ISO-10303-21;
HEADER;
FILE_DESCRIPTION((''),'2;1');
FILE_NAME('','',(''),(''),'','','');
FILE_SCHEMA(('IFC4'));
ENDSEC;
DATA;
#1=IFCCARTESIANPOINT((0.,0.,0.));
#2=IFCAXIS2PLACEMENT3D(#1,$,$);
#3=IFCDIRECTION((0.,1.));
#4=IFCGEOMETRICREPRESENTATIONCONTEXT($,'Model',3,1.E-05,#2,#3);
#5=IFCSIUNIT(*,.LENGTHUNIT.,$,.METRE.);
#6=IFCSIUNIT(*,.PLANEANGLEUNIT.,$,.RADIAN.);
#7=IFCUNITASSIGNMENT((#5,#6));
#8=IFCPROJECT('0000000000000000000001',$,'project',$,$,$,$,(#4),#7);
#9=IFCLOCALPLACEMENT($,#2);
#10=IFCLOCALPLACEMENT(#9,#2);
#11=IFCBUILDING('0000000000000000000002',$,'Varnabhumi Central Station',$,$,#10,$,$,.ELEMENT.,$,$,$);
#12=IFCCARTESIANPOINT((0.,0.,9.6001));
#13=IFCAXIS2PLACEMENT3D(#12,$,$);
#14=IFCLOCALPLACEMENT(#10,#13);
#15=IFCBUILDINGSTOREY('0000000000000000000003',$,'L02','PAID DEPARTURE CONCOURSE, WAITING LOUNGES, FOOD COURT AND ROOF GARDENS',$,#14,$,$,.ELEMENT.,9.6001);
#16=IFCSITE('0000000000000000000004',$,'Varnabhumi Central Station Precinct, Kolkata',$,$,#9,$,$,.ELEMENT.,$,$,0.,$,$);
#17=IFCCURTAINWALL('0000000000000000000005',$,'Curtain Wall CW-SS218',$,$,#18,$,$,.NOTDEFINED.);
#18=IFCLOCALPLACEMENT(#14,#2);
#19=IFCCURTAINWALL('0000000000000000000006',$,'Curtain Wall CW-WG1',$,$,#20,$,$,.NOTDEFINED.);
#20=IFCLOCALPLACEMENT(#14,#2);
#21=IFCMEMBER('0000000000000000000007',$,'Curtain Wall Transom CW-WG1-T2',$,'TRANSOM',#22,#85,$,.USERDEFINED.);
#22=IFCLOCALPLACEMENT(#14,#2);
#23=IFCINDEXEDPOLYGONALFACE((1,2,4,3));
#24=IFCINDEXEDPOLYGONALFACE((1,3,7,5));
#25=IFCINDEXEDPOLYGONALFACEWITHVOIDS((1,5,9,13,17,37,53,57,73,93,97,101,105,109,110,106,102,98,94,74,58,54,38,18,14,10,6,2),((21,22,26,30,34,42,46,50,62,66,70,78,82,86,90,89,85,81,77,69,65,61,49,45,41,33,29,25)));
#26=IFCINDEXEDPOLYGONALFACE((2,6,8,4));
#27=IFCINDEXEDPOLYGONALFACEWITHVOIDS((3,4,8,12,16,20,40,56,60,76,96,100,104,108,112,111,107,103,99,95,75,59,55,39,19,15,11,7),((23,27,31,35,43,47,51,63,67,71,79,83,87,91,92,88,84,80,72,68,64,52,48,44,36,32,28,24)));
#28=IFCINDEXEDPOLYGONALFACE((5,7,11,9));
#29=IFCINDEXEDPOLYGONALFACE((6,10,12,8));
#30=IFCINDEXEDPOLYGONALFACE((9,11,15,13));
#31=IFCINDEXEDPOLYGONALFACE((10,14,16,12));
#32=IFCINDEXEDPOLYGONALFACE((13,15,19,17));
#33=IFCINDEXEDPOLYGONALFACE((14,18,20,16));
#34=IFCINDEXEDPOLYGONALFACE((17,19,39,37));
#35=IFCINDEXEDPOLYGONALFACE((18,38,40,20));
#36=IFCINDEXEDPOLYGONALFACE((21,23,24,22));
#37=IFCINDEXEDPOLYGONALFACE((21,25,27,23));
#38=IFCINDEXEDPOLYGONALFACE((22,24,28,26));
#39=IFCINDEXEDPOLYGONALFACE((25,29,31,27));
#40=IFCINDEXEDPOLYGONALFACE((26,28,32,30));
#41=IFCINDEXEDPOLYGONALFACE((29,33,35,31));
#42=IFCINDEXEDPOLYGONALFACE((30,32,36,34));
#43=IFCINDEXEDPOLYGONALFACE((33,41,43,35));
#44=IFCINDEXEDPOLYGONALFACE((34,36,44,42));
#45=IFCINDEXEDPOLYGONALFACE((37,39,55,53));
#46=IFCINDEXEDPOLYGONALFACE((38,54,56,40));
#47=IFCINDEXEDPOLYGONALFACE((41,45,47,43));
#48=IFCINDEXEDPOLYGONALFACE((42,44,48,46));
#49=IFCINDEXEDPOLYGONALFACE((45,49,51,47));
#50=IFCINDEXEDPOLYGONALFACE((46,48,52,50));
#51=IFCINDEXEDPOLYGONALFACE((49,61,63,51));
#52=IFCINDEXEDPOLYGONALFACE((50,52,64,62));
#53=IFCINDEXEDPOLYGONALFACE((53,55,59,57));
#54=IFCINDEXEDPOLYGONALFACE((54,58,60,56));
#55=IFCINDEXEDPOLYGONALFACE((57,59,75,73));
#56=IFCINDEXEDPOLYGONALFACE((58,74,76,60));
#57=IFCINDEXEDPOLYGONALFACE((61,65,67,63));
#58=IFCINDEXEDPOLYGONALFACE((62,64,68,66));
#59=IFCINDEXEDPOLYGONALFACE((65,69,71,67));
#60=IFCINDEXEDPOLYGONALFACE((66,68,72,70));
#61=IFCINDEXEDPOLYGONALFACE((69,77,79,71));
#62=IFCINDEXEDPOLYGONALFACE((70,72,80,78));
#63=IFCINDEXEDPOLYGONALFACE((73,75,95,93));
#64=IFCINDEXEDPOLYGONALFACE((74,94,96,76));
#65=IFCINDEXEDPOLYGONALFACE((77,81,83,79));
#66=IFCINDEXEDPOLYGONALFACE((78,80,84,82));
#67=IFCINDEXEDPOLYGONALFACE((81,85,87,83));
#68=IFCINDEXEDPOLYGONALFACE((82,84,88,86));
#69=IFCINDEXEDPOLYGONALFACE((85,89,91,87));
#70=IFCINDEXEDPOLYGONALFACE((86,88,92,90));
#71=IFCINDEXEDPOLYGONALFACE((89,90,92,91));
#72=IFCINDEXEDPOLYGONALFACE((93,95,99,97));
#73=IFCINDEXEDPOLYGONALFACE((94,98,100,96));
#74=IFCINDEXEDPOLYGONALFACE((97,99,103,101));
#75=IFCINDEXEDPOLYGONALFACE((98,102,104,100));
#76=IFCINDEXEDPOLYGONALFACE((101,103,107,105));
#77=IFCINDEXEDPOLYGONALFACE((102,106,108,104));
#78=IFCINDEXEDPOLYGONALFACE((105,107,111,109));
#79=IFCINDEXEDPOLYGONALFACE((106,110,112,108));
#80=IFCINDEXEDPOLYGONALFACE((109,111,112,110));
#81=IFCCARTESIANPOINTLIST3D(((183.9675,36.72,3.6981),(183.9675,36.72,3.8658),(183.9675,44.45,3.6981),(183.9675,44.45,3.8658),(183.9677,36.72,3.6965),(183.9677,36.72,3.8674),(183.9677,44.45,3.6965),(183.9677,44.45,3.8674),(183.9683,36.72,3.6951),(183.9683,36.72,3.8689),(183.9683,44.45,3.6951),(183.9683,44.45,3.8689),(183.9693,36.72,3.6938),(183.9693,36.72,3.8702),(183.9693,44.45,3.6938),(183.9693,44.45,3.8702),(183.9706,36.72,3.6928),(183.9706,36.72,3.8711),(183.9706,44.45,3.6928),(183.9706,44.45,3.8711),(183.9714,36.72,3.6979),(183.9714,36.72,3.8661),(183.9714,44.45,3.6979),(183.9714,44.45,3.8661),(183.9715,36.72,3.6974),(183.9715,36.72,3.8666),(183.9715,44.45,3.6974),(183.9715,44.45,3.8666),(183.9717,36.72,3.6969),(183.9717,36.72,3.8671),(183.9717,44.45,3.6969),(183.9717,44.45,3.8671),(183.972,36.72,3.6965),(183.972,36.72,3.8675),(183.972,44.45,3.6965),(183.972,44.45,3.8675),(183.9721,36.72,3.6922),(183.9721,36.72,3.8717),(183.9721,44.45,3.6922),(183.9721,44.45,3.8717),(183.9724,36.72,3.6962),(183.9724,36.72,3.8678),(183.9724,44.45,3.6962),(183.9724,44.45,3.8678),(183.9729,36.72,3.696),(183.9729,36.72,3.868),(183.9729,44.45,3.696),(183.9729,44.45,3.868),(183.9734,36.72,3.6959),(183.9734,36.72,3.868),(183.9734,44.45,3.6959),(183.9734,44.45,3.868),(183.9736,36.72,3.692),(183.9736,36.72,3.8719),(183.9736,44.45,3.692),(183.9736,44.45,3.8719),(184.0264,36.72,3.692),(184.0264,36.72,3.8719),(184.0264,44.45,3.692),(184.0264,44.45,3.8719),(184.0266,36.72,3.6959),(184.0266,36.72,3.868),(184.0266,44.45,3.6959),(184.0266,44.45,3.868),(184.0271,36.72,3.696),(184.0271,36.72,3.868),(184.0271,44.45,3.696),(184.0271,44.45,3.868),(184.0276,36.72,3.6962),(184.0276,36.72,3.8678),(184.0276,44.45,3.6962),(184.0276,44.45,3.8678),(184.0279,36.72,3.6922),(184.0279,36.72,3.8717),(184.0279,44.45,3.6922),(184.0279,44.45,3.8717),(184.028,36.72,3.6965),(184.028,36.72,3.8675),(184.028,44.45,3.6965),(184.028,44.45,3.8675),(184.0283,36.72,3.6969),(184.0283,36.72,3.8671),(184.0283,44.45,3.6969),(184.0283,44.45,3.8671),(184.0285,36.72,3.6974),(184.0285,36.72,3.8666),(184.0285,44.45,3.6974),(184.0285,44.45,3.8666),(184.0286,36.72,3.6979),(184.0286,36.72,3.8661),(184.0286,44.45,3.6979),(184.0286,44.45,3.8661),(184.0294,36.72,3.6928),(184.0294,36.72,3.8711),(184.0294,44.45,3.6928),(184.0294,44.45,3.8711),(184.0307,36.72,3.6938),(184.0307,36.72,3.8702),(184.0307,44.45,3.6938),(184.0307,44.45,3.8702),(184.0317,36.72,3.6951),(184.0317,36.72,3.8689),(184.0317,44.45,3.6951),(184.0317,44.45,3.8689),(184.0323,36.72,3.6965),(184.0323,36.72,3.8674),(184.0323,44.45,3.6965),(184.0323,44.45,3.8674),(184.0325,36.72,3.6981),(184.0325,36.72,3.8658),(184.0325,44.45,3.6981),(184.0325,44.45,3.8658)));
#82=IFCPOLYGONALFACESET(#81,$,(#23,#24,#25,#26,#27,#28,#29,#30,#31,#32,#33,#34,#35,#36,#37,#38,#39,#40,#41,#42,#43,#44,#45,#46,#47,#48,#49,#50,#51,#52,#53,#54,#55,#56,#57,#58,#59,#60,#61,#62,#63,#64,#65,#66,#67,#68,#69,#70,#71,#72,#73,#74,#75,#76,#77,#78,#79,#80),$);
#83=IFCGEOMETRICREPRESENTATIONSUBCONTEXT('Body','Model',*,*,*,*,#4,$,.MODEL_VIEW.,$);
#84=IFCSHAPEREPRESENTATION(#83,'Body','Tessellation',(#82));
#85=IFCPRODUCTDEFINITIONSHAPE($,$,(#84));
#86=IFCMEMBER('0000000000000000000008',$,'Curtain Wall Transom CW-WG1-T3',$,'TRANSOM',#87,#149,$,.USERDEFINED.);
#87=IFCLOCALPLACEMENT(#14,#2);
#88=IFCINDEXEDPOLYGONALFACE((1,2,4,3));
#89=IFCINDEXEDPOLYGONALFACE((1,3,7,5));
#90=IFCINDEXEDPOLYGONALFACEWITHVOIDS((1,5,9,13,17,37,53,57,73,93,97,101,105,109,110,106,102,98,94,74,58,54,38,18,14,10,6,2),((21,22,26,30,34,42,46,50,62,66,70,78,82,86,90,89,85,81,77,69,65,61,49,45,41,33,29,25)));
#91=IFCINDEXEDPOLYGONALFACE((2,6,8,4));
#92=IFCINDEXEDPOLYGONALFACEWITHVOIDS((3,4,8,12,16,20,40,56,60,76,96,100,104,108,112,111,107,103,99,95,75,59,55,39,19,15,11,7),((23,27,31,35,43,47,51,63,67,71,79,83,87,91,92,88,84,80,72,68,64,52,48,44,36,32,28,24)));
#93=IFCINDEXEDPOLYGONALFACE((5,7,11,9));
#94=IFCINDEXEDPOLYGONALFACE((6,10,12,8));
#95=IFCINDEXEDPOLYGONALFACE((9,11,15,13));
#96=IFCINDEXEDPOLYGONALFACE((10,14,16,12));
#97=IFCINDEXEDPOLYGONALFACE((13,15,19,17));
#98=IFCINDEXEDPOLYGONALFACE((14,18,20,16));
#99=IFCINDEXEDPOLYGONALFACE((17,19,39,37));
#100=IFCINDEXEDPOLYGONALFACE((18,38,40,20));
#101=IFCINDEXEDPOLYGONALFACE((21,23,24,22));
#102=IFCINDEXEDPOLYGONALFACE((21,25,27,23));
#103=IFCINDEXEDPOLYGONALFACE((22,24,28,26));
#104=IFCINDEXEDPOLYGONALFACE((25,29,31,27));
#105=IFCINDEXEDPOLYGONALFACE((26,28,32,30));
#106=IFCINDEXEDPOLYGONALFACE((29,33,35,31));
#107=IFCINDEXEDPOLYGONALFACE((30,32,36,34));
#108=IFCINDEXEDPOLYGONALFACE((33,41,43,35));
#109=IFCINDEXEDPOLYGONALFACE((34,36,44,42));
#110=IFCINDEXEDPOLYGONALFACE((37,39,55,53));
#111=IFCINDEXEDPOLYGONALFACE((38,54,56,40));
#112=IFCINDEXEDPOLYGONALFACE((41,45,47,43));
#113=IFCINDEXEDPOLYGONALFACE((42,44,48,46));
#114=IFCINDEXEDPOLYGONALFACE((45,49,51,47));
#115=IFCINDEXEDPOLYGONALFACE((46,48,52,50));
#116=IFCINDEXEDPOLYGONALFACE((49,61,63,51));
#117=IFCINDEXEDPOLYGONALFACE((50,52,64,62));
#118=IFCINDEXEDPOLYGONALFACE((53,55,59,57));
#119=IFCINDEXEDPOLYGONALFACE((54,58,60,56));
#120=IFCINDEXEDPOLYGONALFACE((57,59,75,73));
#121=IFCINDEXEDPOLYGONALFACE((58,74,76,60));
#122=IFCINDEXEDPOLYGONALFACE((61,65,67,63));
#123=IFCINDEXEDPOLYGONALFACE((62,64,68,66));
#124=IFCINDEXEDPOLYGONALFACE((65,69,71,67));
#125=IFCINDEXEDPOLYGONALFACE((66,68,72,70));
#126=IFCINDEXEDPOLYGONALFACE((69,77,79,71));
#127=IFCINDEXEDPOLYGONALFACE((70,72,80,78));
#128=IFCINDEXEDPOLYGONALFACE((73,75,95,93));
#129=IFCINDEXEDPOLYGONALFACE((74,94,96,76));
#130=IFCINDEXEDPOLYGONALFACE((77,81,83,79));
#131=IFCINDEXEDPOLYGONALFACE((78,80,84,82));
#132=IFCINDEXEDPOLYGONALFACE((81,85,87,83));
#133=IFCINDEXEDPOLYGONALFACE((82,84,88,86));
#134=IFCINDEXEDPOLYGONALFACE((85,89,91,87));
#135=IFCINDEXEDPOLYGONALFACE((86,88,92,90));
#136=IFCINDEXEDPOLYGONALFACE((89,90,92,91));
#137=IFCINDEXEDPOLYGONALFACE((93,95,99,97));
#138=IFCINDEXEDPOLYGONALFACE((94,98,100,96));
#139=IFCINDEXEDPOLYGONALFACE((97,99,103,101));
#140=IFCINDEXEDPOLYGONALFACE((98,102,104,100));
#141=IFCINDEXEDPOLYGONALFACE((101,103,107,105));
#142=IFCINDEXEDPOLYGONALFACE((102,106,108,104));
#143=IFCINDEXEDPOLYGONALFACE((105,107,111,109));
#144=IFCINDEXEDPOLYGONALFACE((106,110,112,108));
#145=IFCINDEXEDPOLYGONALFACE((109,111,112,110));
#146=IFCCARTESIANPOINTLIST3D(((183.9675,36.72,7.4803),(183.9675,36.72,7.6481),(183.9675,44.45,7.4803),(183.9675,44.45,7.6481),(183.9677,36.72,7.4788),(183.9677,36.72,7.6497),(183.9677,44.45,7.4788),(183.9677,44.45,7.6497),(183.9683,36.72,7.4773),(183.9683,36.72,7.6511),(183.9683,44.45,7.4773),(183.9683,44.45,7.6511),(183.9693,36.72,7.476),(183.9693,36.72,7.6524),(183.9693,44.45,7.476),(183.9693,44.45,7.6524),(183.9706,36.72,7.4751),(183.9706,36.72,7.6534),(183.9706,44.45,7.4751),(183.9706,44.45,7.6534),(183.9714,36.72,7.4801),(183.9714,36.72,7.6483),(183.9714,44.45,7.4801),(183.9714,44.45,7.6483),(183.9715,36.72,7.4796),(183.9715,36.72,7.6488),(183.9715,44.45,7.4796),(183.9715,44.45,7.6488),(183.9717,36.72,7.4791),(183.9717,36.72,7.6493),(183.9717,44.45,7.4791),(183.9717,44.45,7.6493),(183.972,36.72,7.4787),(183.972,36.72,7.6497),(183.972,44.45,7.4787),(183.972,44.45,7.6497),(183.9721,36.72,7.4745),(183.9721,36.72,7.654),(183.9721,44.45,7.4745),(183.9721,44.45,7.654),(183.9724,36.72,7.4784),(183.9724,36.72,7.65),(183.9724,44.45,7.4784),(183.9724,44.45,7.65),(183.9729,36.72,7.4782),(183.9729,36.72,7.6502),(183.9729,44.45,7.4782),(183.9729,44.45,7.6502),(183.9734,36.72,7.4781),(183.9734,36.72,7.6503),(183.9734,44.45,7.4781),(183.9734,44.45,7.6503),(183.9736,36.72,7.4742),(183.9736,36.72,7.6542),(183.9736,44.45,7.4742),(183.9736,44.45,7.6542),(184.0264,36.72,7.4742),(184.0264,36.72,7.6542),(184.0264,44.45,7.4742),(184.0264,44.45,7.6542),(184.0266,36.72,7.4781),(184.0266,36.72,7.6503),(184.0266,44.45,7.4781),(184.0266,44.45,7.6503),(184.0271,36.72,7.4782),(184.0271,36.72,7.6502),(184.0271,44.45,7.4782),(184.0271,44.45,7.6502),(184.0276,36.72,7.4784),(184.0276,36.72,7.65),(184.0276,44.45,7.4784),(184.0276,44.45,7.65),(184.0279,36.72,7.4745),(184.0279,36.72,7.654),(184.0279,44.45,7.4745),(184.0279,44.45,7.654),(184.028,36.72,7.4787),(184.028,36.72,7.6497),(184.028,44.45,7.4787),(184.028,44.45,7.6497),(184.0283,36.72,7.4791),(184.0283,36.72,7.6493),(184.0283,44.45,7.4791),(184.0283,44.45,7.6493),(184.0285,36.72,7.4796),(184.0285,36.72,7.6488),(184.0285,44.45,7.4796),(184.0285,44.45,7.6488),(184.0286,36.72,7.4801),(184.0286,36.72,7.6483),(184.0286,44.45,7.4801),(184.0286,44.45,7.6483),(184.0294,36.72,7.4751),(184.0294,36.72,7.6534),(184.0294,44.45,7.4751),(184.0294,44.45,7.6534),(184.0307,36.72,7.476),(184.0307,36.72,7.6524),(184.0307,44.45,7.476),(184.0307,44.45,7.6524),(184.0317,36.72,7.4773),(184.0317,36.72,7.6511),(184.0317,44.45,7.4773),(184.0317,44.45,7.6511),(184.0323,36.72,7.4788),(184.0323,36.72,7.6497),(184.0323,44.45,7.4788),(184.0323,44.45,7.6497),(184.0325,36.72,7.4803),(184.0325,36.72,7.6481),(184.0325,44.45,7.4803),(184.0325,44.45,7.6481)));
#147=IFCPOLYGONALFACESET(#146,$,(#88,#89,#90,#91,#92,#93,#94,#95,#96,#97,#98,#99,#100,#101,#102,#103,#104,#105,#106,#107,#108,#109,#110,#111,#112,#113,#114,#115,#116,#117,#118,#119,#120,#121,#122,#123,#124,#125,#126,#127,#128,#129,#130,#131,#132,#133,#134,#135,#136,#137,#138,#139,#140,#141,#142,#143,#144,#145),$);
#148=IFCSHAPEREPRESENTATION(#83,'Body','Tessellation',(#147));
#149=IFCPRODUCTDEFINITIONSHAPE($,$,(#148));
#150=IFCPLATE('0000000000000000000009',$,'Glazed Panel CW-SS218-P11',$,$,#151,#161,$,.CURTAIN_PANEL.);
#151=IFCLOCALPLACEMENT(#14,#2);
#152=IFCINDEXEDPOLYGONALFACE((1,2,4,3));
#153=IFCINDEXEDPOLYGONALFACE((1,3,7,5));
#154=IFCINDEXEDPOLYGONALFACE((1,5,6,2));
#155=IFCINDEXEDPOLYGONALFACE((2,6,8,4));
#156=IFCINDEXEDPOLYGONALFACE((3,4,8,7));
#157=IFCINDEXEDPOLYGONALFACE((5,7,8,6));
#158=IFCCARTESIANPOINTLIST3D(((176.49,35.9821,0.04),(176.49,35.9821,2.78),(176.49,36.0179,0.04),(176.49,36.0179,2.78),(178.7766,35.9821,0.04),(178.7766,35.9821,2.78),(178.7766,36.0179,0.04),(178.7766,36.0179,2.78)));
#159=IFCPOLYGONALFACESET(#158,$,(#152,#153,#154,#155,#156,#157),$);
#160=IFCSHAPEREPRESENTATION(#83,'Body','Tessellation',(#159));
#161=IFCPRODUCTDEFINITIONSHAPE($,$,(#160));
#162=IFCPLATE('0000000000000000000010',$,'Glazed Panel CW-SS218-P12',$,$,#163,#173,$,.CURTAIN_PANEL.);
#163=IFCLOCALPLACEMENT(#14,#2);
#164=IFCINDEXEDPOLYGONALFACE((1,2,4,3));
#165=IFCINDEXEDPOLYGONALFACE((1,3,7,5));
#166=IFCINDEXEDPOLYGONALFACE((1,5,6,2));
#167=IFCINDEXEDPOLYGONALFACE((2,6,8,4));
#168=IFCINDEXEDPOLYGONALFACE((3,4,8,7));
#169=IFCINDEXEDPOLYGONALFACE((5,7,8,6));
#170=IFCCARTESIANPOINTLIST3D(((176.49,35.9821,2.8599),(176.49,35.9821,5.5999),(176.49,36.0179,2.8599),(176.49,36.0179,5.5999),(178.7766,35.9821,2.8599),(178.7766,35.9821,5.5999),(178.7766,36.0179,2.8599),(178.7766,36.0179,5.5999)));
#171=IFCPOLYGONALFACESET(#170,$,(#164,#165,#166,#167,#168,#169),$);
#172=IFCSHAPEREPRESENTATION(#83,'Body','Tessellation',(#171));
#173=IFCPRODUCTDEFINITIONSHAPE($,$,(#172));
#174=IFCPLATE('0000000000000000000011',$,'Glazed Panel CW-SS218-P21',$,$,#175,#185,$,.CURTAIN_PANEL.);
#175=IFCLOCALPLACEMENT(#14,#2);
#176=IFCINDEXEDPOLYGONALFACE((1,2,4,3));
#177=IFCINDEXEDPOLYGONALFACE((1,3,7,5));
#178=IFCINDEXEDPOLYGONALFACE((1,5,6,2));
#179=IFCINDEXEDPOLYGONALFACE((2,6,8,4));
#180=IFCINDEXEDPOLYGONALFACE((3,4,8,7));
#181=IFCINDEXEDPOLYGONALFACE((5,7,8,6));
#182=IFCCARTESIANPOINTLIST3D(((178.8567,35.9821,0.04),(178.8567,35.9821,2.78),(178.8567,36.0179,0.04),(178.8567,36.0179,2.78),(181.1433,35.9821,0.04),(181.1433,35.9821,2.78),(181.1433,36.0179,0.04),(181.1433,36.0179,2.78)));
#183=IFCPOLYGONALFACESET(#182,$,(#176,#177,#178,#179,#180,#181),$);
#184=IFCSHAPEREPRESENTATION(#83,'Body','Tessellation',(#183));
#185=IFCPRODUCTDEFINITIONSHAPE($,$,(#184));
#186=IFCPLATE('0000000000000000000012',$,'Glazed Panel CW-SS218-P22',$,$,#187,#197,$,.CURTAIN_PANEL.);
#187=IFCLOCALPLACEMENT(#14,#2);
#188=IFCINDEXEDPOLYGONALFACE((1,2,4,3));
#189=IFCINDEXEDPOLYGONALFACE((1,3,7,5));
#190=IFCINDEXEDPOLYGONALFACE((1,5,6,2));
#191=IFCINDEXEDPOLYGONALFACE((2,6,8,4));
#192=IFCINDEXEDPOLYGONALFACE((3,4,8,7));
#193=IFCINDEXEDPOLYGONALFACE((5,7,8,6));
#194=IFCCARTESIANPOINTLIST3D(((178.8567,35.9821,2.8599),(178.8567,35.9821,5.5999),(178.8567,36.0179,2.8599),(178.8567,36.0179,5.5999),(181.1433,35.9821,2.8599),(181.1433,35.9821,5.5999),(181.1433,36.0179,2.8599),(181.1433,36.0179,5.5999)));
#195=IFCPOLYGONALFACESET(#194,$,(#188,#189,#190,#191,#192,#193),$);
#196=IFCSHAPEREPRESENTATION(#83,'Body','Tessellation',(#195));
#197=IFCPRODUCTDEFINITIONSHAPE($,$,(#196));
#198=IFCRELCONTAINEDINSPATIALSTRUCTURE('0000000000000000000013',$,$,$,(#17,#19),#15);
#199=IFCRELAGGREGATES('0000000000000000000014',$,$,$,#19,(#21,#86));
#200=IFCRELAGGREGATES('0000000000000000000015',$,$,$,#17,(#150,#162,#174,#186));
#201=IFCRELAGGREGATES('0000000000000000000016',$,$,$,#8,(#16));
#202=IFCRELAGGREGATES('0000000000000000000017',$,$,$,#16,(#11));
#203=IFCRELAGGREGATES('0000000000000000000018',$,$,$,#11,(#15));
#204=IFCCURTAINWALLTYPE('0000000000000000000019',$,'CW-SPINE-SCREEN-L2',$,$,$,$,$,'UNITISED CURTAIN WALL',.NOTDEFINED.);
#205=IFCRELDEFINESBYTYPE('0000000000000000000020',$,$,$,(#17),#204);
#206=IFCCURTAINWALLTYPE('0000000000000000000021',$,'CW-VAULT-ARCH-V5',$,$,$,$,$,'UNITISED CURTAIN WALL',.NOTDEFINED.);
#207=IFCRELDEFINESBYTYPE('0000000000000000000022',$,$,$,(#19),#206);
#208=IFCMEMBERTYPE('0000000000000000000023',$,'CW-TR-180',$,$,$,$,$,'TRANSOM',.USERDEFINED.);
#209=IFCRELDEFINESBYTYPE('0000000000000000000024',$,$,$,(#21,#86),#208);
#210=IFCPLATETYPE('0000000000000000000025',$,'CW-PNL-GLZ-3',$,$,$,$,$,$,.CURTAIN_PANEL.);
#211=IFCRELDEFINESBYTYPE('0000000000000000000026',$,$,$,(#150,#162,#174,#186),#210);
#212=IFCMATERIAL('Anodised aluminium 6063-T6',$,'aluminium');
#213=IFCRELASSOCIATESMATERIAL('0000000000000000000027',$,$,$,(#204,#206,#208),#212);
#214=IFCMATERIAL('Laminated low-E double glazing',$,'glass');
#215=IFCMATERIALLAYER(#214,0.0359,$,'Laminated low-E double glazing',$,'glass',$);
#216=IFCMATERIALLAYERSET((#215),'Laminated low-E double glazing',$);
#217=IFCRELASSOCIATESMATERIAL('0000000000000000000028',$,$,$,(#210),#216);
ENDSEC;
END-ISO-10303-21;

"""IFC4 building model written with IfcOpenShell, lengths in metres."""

from ifc_helpers import new_model, si_unit, direction, frame, origin, origin_2d, place, context, subcontext, project, spatial, rectangle, hollow_rectangle, extrude, material, layer, layer_set, material_profile, profile_set, type_object, element, aggregate, save


model = new_model("IFC4")

# Units and contexts
model_context = context("Model", 3, precision=1e-05, world=origin(), true_north=direction((0.0, 1.0)))
body_context = subcontext(model_context, "Body", "Model", "MODEL_VIEW")
ifc_project = project(units=[si_unit("LENGTHUNIT", "METRE"), si_unit("PLANEANGLEUNIT", "RADIAN")], contexts=[model_context])

# Site, building, storey
site_placement = place(None, origin())
site = spatial("IfcSite", under=ifc_project, at=site_placement, Name="Varnabhumi Central Station Precinct, Kolkata", CompositionType="ELEMENT", RefElevation=0.0)
building_placement = place(site_placement, origin())
building = spatial("IfcBuilding", under=site, at=building_placement, Name="Varnabhumi Central Station", CompositionType="ELEMENT")
storey_placement = place(building_placement, frame((0.0, 0.0, 9.6001)))
storey = spatial("IfcBuildingStorey", under=building, at=storey_placement, Name="L02", Description="PAID DEPARTURE CONCOURSE, WAITING LOUNGES, FOOD COURT AND ROOF GARDENS", CompositionType="ELEMENT", Elevation=9.6001)

# Curtain wall
ifc_material_1 = material(Name="Anodised aluminium 6063-T6", Category="aluminium")
curtain_wall_type_1 = type_object("IfcCurtainWallType", Name="CW-SPINE-SCREEN-L2", ElementType="UNITISED CURTAIN WALL", PredefinedType="NOTDEFINED", material=ifc_material_1)
curtain_wall_1_placement = place(storey_placement, origin())
curtain_wall_1 = element("IfcCurtainWall", 1, at=curtain_wall_1_placement, inside=storey, type_object=curtain_wall_type_1, Name="Curtain Wall CW-SS218", PredefinedType="NOTDEFINED")

# Curtain wall
curtain_wall_type_2 = type_object("IfcCurtainWallType", Name="CW-VAULT-ARCH-V5", ElementType="UNITISED CURTAIN WALL", PredefinedType="NOTDEFINED", material=ifc_material_1)
curtain_wall_2_placement = place(storey_placement, origin())
curtain_wall_2 = element("IfcCurtainWall", 2, at=curtain_wall_2_placement, inside=storey, type_object=curtain_wall_type_2, Name="Curtain Wall CW-WG1", PredefinedType="NOTDEFINED")

# Members
ifc_material_profile_1 = material_profile(ifc_material_1, hollow_rectangle(XDim=0.0649, YDim=0.1799, WallThickness=0.0039, InnerFilletRadius=0.002, OuterFilletRadius=0.0061, at=origin_2d()), Name="Anodised aluminium 6063-T6", Category="aluminium")
ifc_profile_set_1 = profile_set([ifc_material_profile_1], Name="Anodised aluminium 6063-T6")
member_type_1 = type_object("IfcMemberType", Name="CW-TR-180", ElementType="TRANSOM", PredefinedType="USERDEFINED", material=ifc_profile_set_1)
member_1_placement = place(storey_placement, frame((184.0, 36.72, 3.782), z_axis=(0.0, 1.0, 0.0), x_axis=(-1.0, 0.0, 0.0)))
member_1 = element("IfcMember", 3, at=member_1_placement, type_object=member_type_1, Name="Curtain Wall Transom CW-WG1-T2", ObjectType="TRANSOM", PredefinedType="USERDEFINED", context=body_context, shape_type="SweptSolid", body=[
    extrude(hollow_rectangle(XDim=0.0649, YDim=0.1799, WallThickness=0.0039, InnerFilletRadius=0.002, OuterFilletRadius=0.0061, at=origin_2d()), origin(), (0.0, 0.0, 1.0), 7.73),
])
member_2_placement = place(storey_placement, frame((184.0, 36.72, 7.5642), z_axis=(0.0, 1.0, 0.0), x_axis=(-1.0, 0.0, 0.0)))
member_2 = element("IfcMember", 4, at=member_2_placement, type_object=member_type_1, Name="Curtain Wall Transom CW-WG1-T3", ObjectType="TRANSOM", PredefinedType="USERDEFINED", context=body_context, shape_type="SweptSolid", body=[
    extrude(hollow_rectangle(XDim=0.0649, YDim=0.1799, WallThickness=0.0039, InnerFilletRadius=0.002, OuterFilletRadius=0.0061, at=origin_2d()), origin(), (0.0, 0.0, 1.0), 7.73),
])
aggregate(curtain_wall_2, [member_1, member_2])

# Plates
ifc_material_2 = material(Name="Laminated low-E double glazing", Category="glass")
ifc_layer_1 = layer(ifc_material_2, 0.0359, Name="Laminated low-E double glazing", Category="glass")
ifc_layer_set_1 = layer_set([ifc_layer_1], Name="Laminated low-E double glazing")
plate_type = type_object("IfcPlateType", Name="CW-PNL-GLZ-3", PredefinedType="CURTAIN_PANEL", material=ifc_layer_set_1)
plate_1_placement = place(storey_placement, frame((177.6333, 36.0, 0.04), z_axis=(0.0, 0.0, 1.0), x_axis=(1.0, 0.0, 0.0)))
plate_1 = element("IfcPlate", 5, at=plate_1_placement, type_object=plate_type, Name="Glazed Panel CW-SS218-P11", PredefinedType="CURTAIN_PANEL", context=body_context, shape_type="SweptSolid", body=[
    extrude(rectangle(XDim=2.2866, YDim=0.0359, at=origin_2d()), origin(), (0.0, 0.0, 1.0), 2.74),
])
plate_2_placement = place(storey_placement, frame((177.6333, 36.0, 2.8599), z_axis=(0.0, 0.0, 1.0), x_axis=(1.0, 0.0, 0.0)))
plate_2 = element("IfcPlate", 6, at=plate_2_placement, type_object=plate_type, Name="Glazed Panel CW-SS218-P12", PredefinedType="CURTAIN_PANEL", context=body_context, shape_type="SweptSolid", body=[
    extrude(rectangle(XDim=2.2866, YDim=0.0359, at=origin_2d()), origin(), (0.0, 0.0, 1.0), 2.74),
])
plate_3_placement = place(storey_placement, frame((180.0, 36.0, 0.04), z_axis=(0.0, 0.0, 1.0), x_axis=(1.0, 0.0, 0.0)))
plate_3 = element("IfcPlate", 7, at=plate_3_placement, type_object=plate_type, Name="Glazed Panel CW-SS218-P21", PredefinedType="CURTAIN_PANEL", context=body_context, shape_type="SweptSolid", body=[
    extrude(rectangle(XDim=2.2866, YDim=0.0359, at=origin_2d()), origin(), (0.0, 0.0, 1.0), 2.74),
])
plate_4_placement = place(storey_placement, frame((180.0, 36.0, 2.8599), z_axis=(0.0, 0.0, 1.0), x_axis=(1.0, 0.0, 0.0)))
plate_4 = element("IfcPlate", 8, at=plate_4_placement, type_object=plate_type, Name="Glazed Panel CW-SS218-P22", PredefinedType="CURTAIN_PANEL", context=body_context, shape_type="SweptSolid", body=[
    extrude(rectangle(XDim=2.2866, YDim=0.0359, at=origin_2d()), origin(), (0.0, 0.0, 1.0), 2.74),
])
aggregate(curtain_wall_1, [plate_1, plate_2, plate_3, plate_4])

save(model, "model.ifc")
